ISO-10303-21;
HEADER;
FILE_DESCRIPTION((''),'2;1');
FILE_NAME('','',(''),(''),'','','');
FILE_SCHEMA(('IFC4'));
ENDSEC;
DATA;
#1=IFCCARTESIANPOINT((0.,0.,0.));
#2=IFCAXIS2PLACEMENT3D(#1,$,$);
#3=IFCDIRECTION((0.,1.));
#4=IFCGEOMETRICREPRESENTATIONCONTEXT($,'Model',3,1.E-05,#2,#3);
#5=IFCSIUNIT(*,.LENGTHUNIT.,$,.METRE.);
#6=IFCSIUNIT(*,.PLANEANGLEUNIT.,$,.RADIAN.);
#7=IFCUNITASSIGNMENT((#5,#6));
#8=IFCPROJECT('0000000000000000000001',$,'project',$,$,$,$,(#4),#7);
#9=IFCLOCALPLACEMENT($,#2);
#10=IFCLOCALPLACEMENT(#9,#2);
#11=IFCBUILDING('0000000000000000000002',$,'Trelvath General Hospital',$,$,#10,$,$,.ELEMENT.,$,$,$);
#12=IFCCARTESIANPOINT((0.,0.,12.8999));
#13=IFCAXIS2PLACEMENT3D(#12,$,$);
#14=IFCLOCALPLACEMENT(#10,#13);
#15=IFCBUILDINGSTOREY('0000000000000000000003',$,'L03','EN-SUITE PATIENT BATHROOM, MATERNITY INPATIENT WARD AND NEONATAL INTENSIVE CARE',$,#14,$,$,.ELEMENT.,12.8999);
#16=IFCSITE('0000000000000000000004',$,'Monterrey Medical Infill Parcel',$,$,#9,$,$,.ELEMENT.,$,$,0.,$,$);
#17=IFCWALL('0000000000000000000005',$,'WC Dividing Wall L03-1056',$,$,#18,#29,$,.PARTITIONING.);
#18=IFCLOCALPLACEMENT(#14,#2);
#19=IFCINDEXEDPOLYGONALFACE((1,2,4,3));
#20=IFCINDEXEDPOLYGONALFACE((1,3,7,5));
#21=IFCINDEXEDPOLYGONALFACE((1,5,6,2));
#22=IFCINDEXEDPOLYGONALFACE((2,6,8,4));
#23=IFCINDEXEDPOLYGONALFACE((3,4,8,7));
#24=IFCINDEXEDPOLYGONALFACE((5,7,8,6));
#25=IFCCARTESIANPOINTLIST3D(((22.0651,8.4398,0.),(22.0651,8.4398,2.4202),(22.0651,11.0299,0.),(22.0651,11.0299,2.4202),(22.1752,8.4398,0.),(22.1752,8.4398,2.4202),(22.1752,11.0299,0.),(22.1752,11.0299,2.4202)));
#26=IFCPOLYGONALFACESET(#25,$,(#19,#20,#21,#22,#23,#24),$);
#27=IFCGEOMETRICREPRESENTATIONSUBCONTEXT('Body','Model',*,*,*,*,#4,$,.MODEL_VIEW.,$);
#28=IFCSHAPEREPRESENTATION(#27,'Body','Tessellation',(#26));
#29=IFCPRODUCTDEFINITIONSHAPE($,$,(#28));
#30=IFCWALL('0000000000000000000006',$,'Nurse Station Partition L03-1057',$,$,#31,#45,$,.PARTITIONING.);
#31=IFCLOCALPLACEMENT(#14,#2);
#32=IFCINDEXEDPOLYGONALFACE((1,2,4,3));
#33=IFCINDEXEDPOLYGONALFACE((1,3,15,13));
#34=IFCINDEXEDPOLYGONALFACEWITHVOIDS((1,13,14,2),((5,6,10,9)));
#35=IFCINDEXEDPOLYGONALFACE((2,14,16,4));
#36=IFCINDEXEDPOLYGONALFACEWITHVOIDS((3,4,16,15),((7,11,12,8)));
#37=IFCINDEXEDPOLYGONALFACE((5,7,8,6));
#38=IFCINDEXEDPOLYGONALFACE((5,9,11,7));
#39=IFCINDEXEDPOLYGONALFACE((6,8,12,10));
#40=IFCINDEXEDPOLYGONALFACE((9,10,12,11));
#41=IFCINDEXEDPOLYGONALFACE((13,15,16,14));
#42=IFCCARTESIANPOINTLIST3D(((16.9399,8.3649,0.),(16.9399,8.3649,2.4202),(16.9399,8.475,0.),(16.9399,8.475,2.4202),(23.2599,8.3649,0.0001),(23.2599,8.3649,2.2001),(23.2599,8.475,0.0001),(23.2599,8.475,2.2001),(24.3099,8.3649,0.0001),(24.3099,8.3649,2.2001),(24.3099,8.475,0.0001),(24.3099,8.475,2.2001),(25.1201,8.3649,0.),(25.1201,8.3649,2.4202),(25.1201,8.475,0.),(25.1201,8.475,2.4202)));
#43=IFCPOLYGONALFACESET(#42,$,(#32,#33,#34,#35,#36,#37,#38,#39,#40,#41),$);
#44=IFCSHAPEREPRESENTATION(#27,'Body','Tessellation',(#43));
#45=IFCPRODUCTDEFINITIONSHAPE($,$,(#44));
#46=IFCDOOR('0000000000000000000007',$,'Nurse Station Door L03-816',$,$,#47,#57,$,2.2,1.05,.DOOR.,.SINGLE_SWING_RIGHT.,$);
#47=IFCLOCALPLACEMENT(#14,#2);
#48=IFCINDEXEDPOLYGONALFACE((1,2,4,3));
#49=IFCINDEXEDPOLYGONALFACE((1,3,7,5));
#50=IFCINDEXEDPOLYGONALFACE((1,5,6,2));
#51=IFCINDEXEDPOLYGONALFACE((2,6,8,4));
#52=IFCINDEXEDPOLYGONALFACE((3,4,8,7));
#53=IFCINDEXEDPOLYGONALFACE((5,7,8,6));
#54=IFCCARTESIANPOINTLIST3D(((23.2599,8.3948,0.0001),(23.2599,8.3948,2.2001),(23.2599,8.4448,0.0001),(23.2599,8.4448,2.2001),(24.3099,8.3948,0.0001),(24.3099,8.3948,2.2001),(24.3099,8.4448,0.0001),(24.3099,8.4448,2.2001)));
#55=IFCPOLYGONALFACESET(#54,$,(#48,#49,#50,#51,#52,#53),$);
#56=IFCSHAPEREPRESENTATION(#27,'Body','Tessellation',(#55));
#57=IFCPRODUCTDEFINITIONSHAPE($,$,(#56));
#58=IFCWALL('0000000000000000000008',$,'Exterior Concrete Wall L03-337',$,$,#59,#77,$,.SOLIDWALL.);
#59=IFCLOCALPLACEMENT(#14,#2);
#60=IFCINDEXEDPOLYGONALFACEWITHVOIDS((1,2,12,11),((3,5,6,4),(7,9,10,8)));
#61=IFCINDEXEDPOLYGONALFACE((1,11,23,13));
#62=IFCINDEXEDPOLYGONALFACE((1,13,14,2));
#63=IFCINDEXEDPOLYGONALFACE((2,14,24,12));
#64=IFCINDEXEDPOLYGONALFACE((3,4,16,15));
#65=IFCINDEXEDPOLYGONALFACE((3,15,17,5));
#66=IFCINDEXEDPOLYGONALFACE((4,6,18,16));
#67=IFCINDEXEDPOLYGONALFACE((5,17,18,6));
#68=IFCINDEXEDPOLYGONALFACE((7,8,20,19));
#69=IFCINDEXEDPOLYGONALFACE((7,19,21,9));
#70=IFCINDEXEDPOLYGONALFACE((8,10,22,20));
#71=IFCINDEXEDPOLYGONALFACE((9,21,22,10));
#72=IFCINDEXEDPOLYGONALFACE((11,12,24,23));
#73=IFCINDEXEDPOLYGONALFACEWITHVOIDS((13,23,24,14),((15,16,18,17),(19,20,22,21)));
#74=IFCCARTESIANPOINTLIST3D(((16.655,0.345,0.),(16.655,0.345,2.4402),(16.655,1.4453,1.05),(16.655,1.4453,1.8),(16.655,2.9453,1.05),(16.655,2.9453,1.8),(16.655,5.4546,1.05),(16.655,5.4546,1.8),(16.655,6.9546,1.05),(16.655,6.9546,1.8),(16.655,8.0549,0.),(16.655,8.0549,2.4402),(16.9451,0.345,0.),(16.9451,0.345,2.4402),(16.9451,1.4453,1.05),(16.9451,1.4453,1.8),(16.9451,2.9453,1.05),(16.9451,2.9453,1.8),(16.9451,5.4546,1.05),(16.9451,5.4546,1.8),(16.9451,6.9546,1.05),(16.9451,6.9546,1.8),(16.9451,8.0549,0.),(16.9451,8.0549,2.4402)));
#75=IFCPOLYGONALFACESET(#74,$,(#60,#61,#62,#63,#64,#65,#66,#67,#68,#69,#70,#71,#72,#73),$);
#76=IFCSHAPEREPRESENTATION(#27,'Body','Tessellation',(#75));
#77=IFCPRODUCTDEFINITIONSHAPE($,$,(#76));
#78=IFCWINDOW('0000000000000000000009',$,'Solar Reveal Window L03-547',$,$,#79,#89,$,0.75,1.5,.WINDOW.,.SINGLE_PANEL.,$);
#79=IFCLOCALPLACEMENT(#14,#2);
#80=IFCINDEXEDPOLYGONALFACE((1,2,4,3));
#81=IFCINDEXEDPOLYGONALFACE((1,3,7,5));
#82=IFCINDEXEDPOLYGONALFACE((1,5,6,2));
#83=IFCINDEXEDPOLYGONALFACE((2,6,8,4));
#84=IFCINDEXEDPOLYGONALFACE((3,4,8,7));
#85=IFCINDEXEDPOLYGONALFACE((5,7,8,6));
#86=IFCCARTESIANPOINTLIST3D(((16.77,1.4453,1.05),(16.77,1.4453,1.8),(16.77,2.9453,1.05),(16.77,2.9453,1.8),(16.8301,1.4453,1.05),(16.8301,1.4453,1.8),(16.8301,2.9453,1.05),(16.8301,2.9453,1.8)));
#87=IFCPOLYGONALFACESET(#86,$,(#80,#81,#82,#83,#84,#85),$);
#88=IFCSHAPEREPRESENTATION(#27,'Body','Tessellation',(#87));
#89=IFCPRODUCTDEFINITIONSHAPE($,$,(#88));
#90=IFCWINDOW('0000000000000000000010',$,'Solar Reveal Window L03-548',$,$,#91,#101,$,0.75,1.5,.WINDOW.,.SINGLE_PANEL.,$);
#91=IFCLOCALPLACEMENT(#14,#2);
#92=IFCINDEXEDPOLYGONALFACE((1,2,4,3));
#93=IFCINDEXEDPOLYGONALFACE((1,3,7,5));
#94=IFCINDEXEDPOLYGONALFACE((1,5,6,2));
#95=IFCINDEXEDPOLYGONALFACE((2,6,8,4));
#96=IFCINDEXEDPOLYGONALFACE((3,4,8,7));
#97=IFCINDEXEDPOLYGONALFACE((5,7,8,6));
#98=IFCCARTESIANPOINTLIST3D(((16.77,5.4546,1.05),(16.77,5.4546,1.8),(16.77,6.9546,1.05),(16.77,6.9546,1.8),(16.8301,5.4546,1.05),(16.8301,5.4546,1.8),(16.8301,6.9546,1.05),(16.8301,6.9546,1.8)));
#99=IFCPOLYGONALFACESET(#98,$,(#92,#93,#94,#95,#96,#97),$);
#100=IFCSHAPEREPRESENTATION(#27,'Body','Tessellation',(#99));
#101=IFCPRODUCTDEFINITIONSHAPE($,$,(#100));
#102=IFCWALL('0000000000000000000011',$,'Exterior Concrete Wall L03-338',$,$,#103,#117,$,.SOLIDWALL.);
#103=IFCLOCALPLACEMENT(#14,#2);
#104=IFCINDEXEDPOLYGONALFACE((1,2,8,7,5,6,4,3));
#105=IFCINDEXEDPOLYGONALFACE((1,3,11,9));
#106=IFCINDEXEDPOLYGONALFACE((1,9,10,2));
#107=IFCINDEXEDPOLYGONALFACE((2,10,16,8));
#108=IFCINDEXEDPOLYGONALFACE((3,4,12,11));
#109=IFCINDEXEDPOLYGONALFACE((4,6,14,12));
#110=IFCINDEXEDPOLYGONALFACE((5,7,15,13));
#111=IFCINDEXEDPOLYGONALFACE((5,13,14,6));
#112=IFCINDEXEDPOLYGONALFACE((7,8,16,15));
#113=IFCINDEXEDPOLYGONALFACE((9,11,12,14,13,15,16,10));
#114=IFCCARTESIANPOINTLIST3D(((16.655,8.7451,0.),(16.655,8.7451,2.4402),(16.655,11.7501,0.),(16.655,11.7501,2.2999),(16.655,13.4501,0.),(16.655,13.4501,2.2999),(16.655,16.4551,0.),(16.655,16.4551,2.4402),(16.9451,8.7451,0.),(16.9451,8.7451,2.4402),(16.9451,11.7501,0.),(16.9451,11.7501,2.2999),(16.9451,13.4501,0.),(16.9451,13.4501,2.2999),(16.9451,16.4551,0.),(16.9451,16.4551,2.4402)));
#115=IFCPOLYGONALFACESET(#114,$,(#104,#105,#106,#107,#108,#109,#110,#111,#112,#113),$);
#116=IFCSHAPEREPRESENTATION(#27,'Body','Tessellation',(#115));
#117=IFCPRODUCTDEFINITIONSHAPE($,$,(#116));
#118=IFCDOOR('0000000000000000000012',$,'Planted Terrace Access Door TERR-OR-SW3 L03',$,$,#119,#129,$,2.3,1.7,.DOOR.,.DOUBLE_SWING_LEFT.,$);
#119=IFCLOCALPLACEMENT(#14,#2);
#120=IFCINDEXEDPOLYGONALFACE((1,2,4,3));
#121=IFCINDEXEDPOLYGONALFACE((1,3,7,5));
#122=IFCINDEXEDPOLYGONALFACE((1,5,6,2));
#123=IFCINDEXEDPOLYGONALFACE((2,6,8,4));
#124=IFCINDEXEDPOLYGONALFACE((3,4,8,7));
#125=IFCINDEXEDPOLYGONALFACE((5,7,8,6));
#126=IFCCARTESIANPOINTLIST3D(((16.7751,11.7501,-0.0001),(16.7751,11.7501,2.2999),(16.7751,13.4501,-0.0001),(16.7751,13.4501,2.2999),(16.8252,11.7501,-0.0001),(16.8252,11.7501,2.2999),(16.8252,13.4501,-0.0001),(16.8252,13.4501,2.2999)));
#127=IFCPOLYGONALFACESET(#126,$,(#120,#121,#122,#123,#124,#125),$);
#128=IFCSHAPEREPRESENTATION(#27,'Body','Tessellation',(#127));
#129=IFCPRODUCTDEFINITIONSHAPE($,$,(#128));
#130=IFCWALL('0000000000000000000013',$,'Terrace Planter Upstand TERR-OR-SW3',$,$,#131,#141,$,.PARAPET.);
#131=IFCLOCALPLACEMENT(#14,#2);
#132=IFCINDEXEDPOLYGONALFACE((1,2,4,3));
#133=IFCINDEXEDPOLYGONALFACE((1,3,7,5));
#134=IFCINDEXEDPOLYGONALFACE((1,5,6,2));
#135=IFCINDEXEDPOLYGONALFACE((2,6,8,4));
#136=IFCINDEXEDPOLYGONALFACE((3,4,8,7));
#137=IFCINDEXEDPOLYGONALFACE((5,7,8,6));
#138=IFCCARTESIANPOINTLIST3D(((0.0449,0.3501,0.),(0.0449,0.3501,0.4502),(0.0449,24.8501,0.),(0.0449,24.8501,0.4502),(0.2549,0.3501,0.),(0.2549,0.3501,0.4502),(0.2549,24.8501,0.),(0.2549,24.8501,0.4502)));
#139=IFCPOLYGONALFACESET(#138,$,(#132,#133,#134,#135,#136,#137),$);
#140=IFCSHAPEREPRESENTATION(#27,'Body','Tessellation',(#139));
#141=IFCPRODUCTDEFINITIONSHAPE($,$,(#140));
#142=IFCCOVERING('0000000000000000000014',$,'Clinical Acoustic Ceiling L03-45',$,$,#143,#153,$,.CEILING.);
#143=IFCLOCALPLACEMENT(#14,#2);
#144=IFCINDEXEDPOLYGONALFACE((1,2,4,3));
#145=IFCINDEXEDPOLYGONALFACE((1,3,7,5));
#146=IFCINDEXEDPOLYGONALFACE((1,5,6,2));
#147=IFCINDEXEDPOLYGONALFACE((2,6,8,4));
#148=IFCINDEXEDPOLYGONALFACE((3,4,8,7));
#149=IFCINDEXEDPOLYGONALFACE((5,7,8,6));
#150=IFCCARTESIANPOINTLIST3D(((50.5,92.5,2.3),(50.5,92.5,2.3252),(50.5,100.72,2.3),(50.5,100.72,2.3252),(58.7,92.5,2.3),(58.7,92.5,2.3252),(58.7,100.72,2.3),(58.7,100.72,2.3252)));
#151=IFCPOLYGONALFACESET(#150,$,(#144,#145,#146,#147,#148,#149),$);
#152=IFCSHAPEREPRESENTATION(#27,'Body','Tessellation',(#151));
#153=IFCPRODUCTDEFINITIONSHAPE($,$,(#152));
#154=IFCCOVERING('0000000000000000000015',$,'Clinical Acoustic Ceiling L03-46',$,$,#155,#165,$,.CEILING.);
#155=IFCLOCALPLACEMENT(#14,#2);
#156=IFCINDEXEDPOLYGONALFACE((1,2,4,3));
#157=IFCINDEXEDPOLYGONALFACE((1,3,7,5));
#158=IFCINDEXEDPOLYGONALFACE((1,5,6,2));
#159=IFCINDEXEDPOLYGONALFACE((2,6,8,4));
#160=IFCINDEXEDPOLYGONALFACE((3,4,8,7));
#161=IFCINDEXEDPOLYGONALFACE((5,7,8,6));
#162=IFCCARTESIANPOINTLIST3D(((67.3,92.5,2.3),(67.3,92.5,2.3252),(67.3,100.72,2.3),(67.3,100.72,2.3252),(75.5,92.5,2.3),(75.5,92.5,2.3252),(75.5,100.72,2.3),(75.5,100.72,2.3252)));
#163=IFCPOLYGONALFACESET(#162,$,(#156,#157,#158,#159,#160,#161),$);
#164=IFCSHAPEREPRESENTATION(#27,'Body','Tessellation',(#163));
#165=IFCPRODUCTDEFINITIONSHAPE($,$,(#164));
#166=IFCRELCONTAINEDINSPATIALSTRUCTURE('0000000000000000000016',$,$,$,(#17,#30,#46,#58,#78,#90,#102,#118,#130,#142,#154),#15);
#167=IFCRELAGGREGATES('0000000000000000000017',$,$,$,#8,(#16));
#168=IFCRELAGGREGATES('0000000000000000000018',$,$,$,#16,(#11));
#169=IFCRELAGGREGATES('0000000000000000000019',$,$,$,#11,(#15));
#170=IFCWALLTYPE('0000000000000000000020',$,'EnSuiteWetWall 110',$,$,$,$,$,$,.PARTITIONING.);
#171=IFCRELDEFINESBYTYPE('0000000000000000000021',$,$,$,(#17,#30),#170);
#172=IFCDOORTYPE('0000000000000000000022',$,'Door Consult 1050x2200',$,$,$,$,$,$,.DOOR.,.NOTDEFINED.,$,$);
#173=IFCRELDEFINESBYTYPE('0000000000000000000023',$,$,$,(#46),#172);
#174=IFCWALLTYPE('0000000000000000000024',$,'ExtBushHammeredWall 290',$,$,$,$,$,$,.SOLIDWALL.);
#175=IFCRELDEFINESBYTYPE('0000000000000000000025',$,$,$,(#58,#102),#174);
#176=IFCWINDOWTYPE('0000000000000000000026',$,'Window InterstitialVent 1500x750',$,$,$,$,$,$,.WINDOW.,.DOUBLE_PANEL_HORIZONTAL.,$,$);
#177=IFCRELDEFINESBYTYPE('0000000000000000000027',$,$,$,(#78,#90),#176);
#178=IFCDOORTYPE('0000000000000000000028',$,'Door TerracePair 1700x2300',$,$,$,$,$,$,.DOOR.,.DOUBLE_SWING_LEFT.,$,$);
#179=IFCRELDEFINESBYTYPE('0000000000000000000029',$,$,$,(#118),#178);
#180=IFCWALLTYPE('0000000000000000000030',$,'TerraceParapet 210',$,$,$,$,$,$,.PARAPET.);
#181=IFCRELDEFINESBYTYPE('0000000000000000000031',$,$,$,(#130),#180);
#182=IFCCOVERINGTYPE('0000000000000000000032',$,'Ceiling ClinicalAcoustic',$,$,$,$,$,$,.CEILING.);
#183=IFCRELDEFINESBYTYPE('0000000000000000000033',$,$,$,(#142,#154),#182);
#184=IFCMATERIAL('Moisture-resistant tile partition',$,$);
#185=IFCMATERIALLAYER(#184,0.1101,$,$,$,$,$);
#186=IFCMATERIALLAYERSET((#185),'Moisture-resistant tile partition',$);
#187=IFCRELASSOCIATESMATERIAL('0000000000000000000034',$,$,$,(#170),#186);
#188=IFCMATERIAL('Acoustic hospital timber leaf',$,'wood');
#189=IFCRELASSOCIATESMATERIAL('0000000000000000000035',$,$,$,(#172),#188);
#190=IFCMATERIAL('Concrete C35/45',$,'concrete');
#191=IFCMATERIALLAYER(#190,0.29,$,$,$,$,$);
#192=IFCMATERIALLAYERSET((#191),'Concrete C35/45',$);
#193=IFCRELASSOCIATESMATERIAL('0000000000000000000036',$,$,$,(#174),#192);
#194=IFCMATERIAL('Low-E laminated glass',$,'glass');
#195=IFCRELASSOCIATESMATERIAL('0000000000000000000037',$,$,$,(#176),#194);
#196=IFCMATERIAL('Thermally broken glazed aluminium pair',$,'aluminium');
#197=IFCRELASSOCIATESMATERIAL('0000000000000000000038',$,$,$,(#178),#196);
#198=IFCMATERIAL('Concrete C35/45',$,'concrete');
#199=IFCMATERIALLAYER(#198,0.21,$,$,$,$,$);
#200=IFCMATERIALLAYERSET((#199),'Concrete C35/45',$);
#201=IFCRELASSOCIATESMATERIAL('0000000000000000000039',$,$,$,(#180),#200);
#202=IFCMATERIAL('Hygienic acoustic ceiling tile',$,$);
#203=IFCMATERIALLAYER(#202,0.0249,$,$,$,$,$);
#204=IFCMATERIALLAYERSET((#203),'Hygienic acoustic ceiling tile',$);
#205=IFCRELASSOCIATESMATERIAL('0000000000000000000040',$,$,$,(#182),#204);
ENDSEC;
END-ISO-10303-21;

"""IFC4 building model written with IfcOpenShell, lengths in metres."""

from ifc_helpers import new_model, si_unit, direction, frame, frame_2d, origin, place, context, subcontext, project, spatial, polyline, rectangle, outline, extrude, material, layer, layer_set, type_object, element, fill, save


model = new_model("IFC4")

# Units and contexts
model_context = context("Model", 3, precision=1e-05, world=origin(), true_north=direction((0.0, 1.0)))
body_context = subcontext(model_context, "Body", "Model", "MODEL_VIEW")
ifc_project = project(units=[si_unit("LENGTHUNIT", "METRE"), si_unit("PLANEANGLEUNIT", "RADIAN")], contexts=[model_context])

# Site, building, storey
site_placement = place(None, origin())
site = spatial("IfcSite", under=ifc_project, at=site_placement, Name="Monterrey Medical Infill Parcel", CompositionType="ELEMENT", RefElevation=0.0)
building_placement = place(site_placement, origin())
building = spatial("IfcBuilding", under=site, at=building_placement, Name="Trelvath General Hospital", CompositionType="ELEMENT")
storey_placement = place(building_placement, frame((0.0, 0.0, 12.8999)))
storey = spatial("IfcBuildingStorey", under=building, at=storey_placement, Name="L03", Description="EN-SUITE PATIENT BATHROOM, MATERNITY INPATIENT WARD AND NEONATAL INTENSIVE CARE", CompositionType="ELEMENT", Elevation=12.8999)

# Wall
ifc_material_1 = material(Name="Moisture-resistant tile partition")
ifc_layer_1 = layer(ifc_material_1, 0.1101)
ifc_layer_set_1 = layer_set([ifc_layer_1], Name="Moisture-resistant tile partition")
wall_type_1 = type_object("IfcWallType", Name="EnSuiteWetWall 110", PredefinedType="PARTITIONING", material=ifc_layer_set_1)
for number, where, z_axis, x_axis, name in (
    (1, (22.1201, 8.4399, 0.0), (0.0, 0.0, 1.0), (0.0, 1.0, 0.0), "WC Dividing Wall L03-1056"),
):
    element("IfcWall", number, at=place(storey_placement, frame(where, z_axis=z_axis, x_axis=x_axis)), inside=storey, type_object=wall_type_1, Name=name, PredefinedType="PARTITIONING", context=body_context, shape_type="SweptSolid", body=[
        extrude(rectangle(XDim=2.5901, YDim=0.1101, at=frame_2d((1.2949, 0.0))), origin(), (0.0, 0.0, 1.0), 2.4202),
    ])

# Wall, opening, door
wall_1_placement = place(storey_placement, frame((16.9399, 8.4199, 0.0), z_axis=(0.0, 0.0, 1.0), x_axis=(1.0, 0.0, 0.0)))
wall_1 = element("IfcWall", 2, at=wall_1_placement, inside=storey, type_object=wall_type_1, Name="Nurse Station Partition L03-1057", PredefinedType="PARTITIONING", context=body_context, shape_type="SweptSolid", body=[
    extrude(rectangle(XDim=8.1802, YDim=0.1101, at=frame_2d((4.0901, 0.0))), origin(), (0.0, 0.0, 1.0), 2.4202),
])
opening_1_placement = place(wall_1_placement, frame((6.3201, 0.0, 0.0)))
opening_1 = element("IfcOpeningElement", 3, at=opening_1_placement, cuts=wall_1, PredefinedType="OPENING", context=body_context, shape_type="SweptSolid", body=[
    extrude(rectangle(XDim=1.05, YDim=2.2, at=frame_2d((0.5249, 1.1001))), frame((0.0, 0.0649, 0.0), z_axis=(0.0, -1.0, 0.0), x_axis=(1.0, 0.0, 0.0)), (0.0, 0.0, 1.0), 0.1301),
])
ifc_material_2 = material(Name="Acoustic hospital timber leaf", Category="wood")
door_type_1 = type_object("IfcDoorType", Name="Door Consult 1050x2200", OperationType="NOTDEFINED", PredefinedType="DOOR", material=ifc_material_2)
door_1_placement = place(opening_1_placement, origin())
door_1 = element("IfcDoor", 4, at=door_1_placement, inside=storey, type_object=door_type_1, Name="Nurse Station Door L03-816", OperationType="SINGLE_SWING_RIGHT", OverallHeight=2.2, OverallWidth=1.05, PredefinedType="DOOR", context=body_context, shape_type="SweptSolid", body=[
    extrude(rectangle(XDim=1.05, YDim=2.2, at=frame_2d((0.5249, 1.1001))), frame((0.0, 0.0249, 0.0), z_axis=(0.0, -1.0, 0.0), x_axis=(1.0, 0.0, 0.0)), (0.0, 0.0, 1.0), 0.05),
])
fill(opening_1, door_1)

# Wall, openings, windows
ifc_material_3 = material(Name="Concrete C35/45", Category="concrete")
ifc_layer_2 = layer(ifc_material_3, 0.29)
ifc_layer_set_2 = layer_set([ifc_layer_2], Name="Concrete C35/45")
wall_type_2 = type_object("IfcWallType", Name="ExtBushHammeredWall 290", PredefinedType="SOLIDWALL", material=ifc_layer_set_2)
wall_2_placement = place(storey_placement, frame((16.8, 0.345, 0.0), z_axis=(0.0, 0.0, 1.0), x_axis=(0.0, 1.0, 0.0)))
wall_2 = element("IfcWall", 5, at=wall_2_placement, inside=storey, type_object=wall_type_2, Name="Exterior Concrete Wall L03-337", PredefinedType="SOLIDWALL", context=body_context, shape_type="SweptSolid", body=[
    extrude(rectangle(XDim=7.71, YDim=0.29, at=frame_2d((3.855, 0.0))), origin(), (0.0, 0.0, 1.0), 2.4402),
])
opening_2_placement = place(wall_2_placement, frame((1.1003, 0.0, 1.05)))
opening_2 = element("IfcOpeningElement", 6, at=opening_2_placement, cuts=wall_2, PredefinedType="OPENING", context=body_context, shape_type="SweptSolid", body=[
    extrude(rectangle(XDim=1.5, YDim=0.75, at=frame_2d((0.75, 0.375))), frame((0.0, 0.155, 0.0), z_axis=(0.0, -1.0, 0.0), x_axis=(1.0, 0.0, 0.0)), (0.0, 0.0, 1.0), 0.3101),
])
opening_3_placement = place(wall_2_placement, frame((5.1096, 0.0, 1.05)))
opening_3 = element("IfcOpeningElement", 7, at=opening_3_placement, cuts=wall_2, PredefinedType="OPENING", context=body_context, shape_type="SweptSolid", body=[
    extrude(rectangle(XDim=1.5, YDim=0.75, at=frame_2d((0.75, 0.375))), frame((0.0, 0.155, 0.0), z_axis=(0.0, -1.0, 0.0), x_axis=(1.0, 0.0, 0.0)), (0.0, 0.0, 1.0), 0.3101),
])
ifc_material_4 = material(Name="Low-E laminated glass", Category="glass")
window_type = type_object("IfcWindowType", Name="Window InterstitialVent 1500x750", PartitioningType="DOUBLE_PANEL_HORIZONTAL", PredefinedType="WINDOW", material=ifc_material_4)
window_1_placement = place(opening_2_placement, origin())
window_1 = element("IfcWindow", 8, at=window_1_placement, inside=storey, type_object=window_type, Name="Solar Reveal Window L03-547", OverallHeight=0.75, OverallWidth=1.5, PartitioningType="SINGLE_PANEL", PredefinedType="WINDOW", context=body_context, shape_type="SweptSolid", body=[
    extrude(rectangle(XDim=1.5, YDim=0.75, at=frame_2d((0.75, 0.375))), frame((0.0, 0.03, 0.0), z_axis=(0.0, -1.0, 0.0), x_axis=(1.0, 0.0, 0.0)), (0.0, 0.0, 1.0), 0.0601),
])
fill(opening_2, window_1)
window_2_placement = place(opening_3_placement, origin())
window_2 = element("IfcWindow", 9, at=window_2_placement, inside=storey, type_object=window_type, Name="Solar Reveal Window L03-548", OverallHeight=0.75, OverallWidth=1.5, PartitioningType="SINGLE_PANEL", PredefinedType="WINDOW", context=body_context, shape_type="SweptSolid", body=[
    extrude(rectangle(XDim=1.5, YDim=0.75, at=frame_2d((0.75, 0.375))), frame((0.0, 0.03, 0.0), z_axis=(0.0, -1.0, 0.0), x_axis=(1.0, 0.0, 0.0)), (0.0, 0.0, 1.0), 0.0601),
])
fill(opening_3, window_2)

# Wall, opening, door
wall_3_placement = place(storey_placement, frame((16.8, 8.7451, 0.0), z_axis=(0.0, 0.0, 1.0), x_axis=(0.0, 1.0, 0.0)))
wall_3 = element("IfcWall", 10, at=wall_3_placement, inside=storey, type_object=wall_type_2, Name="Exterior Concrete Wall L03-338", PredefinedType="SOLIDWALL", context=body_context, shape_type="SweptSolid", body=[
    extrude(rectangle(XDim=7.71, YDim=0.29, at=frame_2d((3.855, 0.0))), origin(), (0.0, 0.0, 1.0), 2.4402),
])
opening_4_placement = place(wall_3_placement, frame((3.0049, 0.0, 0.0)))
opening_4 = element("IfcOpeningElement", 11, at=opening_4_placement, cuts=wall_3, PredefinedType="OPENING", context=body_context, shape_type="SweptSolid", body=[
    extrude(rectangle(XDim=1.7, YDim=2.3, at=frame_2d((0.8501, 1.1499))), frame((0.0, 0.155, 0.0), z_axis=(0.0, -1.0, 0.0), x_axis=(1.0, 0.0, 0.0)), (0.0, 0.0, 1.0), 0.3101),
])
ifc_material_5 = material(Name="Thermally broken glazed aluminium pair", Category="aluminium")
door_type_2 = type_object("IfcDoorType", Name="Door TerracePair 1700x2300", OperationType="DOUBLE_SWING_LEFT", PredefinedType="DOOR", material=ifc_material_5)
door_2_placement = place(opening_4_placement, origin())
door_2 = element("IfcDoor", 12, at=door_2_placement, inside=storey, type_object=door_type_2, Name="Planted Terrace Access Door TERR-OR-SW3 L03", OperationType="DOUBLE_SWING_LEFT", OverallHeight=2.3, OverallWidth=1.7, PredefinedType="DOOR", context=body_context, shape_type="SweptSolid", body=[
    extrude(rectangle(XDim=1.7, YDim=2.3, at=frame_2d((0.8501, 1.1499))), frame((0.0, 0.0249, 0.0), z_axis=(0.0, -1.0, 0.0), x_axis=(1.0, 0.0, 0.0)), (0.0, 0.0, 1.0), 0.05),
])
fill(opening_4, door_2)

# Wall
ifc_material_6 = material(Name="Concrete C35/45", Category="concrete")
ifc_layer_3 = layer(ifc_material_6, 0.21)
ifc_layer_set_3 = layer_set([ifc_layer_3], Name="Concrete C35/45")
wall_type_3 = type_object("IfcWallType", Name="TerraceParapet 210", PredefinedType="PARAPET", material=ifc_layer_set_3)
wall_4_placement = place(storey_placement, frame((0.1499, 0.3501, 0.0), z_axis=(0.0, 0.0, 1.0), x_axis=(0.0, 1.0, 0.0)))
element("IfcWall", 13, at=wall_4_placement, inside=storey, type_object=wall_type_3, Name="Terrace Planter Upstand TERR-OR-SW3", PredefinedType="PARAPET", context=body_context, shape_type="SweptSolid", body=[
    extrude(rectangle(XDim=24.5, YDim=0.21, at=frame_2d((12.25, 0.0))), origin(), (0.0, 0.0, 1.0), 0.4502),
])

# Coverings
ifc_material_7 = material(Name="Hygienic acoustic ceiling tile")
ifc_layer_4 = layer(ifc_material_7, 0.0249)
ifc_layer_set_4 = layer_set([ifc_layer_4], Name="Hygienic acoustic ceiling tile")
covering_type = type_object("IfcCoveringType", Name="Ceiling ClinicalAcoustic", PredefinedType="CEILING", material=ifc_layer_set_4)
covering_1_placement = place(storey_placement, frame((0.0, 0.0, 2.3)))
element("IfcCovering", 14, at=covering_1_placement, inside=storey, type_object=covering_type, Name="Clinical Acoustic Ceiling L03-45", PredefinedType="CEILING", context=body_context, shape_type="SweptSolid", body=[
    extrude(outline(polyline([(50.5, 92.5), (58.7, 92.5), (58.7, 100.72), (50.5, 100.72), (50.5, 92.5)])), origin(), (0.0, 0.0, 1.0), 0.0251),
])
covering_2_placement = place(storey_placement, frame((0.0, 0.0, 2.3)))
element("IfcCovering", 15, at=covering_2_placement, inside=storey, type_object=covering_type, Name="Clinical Acoustic Ceiling L03-46", PredefinedType="CEILING", context=body_context, shape_type="SweptSolid", body=[
    extrude(outline(polyline([(67.3, 92.5), (75.5, 92.5), (75.5, 100.72), (67.3, 100.72), (67.3, 92.5)])), origin(), (0.0, 0.0, 1.0), 0.0251),
])

save(model, "model.ifc")
